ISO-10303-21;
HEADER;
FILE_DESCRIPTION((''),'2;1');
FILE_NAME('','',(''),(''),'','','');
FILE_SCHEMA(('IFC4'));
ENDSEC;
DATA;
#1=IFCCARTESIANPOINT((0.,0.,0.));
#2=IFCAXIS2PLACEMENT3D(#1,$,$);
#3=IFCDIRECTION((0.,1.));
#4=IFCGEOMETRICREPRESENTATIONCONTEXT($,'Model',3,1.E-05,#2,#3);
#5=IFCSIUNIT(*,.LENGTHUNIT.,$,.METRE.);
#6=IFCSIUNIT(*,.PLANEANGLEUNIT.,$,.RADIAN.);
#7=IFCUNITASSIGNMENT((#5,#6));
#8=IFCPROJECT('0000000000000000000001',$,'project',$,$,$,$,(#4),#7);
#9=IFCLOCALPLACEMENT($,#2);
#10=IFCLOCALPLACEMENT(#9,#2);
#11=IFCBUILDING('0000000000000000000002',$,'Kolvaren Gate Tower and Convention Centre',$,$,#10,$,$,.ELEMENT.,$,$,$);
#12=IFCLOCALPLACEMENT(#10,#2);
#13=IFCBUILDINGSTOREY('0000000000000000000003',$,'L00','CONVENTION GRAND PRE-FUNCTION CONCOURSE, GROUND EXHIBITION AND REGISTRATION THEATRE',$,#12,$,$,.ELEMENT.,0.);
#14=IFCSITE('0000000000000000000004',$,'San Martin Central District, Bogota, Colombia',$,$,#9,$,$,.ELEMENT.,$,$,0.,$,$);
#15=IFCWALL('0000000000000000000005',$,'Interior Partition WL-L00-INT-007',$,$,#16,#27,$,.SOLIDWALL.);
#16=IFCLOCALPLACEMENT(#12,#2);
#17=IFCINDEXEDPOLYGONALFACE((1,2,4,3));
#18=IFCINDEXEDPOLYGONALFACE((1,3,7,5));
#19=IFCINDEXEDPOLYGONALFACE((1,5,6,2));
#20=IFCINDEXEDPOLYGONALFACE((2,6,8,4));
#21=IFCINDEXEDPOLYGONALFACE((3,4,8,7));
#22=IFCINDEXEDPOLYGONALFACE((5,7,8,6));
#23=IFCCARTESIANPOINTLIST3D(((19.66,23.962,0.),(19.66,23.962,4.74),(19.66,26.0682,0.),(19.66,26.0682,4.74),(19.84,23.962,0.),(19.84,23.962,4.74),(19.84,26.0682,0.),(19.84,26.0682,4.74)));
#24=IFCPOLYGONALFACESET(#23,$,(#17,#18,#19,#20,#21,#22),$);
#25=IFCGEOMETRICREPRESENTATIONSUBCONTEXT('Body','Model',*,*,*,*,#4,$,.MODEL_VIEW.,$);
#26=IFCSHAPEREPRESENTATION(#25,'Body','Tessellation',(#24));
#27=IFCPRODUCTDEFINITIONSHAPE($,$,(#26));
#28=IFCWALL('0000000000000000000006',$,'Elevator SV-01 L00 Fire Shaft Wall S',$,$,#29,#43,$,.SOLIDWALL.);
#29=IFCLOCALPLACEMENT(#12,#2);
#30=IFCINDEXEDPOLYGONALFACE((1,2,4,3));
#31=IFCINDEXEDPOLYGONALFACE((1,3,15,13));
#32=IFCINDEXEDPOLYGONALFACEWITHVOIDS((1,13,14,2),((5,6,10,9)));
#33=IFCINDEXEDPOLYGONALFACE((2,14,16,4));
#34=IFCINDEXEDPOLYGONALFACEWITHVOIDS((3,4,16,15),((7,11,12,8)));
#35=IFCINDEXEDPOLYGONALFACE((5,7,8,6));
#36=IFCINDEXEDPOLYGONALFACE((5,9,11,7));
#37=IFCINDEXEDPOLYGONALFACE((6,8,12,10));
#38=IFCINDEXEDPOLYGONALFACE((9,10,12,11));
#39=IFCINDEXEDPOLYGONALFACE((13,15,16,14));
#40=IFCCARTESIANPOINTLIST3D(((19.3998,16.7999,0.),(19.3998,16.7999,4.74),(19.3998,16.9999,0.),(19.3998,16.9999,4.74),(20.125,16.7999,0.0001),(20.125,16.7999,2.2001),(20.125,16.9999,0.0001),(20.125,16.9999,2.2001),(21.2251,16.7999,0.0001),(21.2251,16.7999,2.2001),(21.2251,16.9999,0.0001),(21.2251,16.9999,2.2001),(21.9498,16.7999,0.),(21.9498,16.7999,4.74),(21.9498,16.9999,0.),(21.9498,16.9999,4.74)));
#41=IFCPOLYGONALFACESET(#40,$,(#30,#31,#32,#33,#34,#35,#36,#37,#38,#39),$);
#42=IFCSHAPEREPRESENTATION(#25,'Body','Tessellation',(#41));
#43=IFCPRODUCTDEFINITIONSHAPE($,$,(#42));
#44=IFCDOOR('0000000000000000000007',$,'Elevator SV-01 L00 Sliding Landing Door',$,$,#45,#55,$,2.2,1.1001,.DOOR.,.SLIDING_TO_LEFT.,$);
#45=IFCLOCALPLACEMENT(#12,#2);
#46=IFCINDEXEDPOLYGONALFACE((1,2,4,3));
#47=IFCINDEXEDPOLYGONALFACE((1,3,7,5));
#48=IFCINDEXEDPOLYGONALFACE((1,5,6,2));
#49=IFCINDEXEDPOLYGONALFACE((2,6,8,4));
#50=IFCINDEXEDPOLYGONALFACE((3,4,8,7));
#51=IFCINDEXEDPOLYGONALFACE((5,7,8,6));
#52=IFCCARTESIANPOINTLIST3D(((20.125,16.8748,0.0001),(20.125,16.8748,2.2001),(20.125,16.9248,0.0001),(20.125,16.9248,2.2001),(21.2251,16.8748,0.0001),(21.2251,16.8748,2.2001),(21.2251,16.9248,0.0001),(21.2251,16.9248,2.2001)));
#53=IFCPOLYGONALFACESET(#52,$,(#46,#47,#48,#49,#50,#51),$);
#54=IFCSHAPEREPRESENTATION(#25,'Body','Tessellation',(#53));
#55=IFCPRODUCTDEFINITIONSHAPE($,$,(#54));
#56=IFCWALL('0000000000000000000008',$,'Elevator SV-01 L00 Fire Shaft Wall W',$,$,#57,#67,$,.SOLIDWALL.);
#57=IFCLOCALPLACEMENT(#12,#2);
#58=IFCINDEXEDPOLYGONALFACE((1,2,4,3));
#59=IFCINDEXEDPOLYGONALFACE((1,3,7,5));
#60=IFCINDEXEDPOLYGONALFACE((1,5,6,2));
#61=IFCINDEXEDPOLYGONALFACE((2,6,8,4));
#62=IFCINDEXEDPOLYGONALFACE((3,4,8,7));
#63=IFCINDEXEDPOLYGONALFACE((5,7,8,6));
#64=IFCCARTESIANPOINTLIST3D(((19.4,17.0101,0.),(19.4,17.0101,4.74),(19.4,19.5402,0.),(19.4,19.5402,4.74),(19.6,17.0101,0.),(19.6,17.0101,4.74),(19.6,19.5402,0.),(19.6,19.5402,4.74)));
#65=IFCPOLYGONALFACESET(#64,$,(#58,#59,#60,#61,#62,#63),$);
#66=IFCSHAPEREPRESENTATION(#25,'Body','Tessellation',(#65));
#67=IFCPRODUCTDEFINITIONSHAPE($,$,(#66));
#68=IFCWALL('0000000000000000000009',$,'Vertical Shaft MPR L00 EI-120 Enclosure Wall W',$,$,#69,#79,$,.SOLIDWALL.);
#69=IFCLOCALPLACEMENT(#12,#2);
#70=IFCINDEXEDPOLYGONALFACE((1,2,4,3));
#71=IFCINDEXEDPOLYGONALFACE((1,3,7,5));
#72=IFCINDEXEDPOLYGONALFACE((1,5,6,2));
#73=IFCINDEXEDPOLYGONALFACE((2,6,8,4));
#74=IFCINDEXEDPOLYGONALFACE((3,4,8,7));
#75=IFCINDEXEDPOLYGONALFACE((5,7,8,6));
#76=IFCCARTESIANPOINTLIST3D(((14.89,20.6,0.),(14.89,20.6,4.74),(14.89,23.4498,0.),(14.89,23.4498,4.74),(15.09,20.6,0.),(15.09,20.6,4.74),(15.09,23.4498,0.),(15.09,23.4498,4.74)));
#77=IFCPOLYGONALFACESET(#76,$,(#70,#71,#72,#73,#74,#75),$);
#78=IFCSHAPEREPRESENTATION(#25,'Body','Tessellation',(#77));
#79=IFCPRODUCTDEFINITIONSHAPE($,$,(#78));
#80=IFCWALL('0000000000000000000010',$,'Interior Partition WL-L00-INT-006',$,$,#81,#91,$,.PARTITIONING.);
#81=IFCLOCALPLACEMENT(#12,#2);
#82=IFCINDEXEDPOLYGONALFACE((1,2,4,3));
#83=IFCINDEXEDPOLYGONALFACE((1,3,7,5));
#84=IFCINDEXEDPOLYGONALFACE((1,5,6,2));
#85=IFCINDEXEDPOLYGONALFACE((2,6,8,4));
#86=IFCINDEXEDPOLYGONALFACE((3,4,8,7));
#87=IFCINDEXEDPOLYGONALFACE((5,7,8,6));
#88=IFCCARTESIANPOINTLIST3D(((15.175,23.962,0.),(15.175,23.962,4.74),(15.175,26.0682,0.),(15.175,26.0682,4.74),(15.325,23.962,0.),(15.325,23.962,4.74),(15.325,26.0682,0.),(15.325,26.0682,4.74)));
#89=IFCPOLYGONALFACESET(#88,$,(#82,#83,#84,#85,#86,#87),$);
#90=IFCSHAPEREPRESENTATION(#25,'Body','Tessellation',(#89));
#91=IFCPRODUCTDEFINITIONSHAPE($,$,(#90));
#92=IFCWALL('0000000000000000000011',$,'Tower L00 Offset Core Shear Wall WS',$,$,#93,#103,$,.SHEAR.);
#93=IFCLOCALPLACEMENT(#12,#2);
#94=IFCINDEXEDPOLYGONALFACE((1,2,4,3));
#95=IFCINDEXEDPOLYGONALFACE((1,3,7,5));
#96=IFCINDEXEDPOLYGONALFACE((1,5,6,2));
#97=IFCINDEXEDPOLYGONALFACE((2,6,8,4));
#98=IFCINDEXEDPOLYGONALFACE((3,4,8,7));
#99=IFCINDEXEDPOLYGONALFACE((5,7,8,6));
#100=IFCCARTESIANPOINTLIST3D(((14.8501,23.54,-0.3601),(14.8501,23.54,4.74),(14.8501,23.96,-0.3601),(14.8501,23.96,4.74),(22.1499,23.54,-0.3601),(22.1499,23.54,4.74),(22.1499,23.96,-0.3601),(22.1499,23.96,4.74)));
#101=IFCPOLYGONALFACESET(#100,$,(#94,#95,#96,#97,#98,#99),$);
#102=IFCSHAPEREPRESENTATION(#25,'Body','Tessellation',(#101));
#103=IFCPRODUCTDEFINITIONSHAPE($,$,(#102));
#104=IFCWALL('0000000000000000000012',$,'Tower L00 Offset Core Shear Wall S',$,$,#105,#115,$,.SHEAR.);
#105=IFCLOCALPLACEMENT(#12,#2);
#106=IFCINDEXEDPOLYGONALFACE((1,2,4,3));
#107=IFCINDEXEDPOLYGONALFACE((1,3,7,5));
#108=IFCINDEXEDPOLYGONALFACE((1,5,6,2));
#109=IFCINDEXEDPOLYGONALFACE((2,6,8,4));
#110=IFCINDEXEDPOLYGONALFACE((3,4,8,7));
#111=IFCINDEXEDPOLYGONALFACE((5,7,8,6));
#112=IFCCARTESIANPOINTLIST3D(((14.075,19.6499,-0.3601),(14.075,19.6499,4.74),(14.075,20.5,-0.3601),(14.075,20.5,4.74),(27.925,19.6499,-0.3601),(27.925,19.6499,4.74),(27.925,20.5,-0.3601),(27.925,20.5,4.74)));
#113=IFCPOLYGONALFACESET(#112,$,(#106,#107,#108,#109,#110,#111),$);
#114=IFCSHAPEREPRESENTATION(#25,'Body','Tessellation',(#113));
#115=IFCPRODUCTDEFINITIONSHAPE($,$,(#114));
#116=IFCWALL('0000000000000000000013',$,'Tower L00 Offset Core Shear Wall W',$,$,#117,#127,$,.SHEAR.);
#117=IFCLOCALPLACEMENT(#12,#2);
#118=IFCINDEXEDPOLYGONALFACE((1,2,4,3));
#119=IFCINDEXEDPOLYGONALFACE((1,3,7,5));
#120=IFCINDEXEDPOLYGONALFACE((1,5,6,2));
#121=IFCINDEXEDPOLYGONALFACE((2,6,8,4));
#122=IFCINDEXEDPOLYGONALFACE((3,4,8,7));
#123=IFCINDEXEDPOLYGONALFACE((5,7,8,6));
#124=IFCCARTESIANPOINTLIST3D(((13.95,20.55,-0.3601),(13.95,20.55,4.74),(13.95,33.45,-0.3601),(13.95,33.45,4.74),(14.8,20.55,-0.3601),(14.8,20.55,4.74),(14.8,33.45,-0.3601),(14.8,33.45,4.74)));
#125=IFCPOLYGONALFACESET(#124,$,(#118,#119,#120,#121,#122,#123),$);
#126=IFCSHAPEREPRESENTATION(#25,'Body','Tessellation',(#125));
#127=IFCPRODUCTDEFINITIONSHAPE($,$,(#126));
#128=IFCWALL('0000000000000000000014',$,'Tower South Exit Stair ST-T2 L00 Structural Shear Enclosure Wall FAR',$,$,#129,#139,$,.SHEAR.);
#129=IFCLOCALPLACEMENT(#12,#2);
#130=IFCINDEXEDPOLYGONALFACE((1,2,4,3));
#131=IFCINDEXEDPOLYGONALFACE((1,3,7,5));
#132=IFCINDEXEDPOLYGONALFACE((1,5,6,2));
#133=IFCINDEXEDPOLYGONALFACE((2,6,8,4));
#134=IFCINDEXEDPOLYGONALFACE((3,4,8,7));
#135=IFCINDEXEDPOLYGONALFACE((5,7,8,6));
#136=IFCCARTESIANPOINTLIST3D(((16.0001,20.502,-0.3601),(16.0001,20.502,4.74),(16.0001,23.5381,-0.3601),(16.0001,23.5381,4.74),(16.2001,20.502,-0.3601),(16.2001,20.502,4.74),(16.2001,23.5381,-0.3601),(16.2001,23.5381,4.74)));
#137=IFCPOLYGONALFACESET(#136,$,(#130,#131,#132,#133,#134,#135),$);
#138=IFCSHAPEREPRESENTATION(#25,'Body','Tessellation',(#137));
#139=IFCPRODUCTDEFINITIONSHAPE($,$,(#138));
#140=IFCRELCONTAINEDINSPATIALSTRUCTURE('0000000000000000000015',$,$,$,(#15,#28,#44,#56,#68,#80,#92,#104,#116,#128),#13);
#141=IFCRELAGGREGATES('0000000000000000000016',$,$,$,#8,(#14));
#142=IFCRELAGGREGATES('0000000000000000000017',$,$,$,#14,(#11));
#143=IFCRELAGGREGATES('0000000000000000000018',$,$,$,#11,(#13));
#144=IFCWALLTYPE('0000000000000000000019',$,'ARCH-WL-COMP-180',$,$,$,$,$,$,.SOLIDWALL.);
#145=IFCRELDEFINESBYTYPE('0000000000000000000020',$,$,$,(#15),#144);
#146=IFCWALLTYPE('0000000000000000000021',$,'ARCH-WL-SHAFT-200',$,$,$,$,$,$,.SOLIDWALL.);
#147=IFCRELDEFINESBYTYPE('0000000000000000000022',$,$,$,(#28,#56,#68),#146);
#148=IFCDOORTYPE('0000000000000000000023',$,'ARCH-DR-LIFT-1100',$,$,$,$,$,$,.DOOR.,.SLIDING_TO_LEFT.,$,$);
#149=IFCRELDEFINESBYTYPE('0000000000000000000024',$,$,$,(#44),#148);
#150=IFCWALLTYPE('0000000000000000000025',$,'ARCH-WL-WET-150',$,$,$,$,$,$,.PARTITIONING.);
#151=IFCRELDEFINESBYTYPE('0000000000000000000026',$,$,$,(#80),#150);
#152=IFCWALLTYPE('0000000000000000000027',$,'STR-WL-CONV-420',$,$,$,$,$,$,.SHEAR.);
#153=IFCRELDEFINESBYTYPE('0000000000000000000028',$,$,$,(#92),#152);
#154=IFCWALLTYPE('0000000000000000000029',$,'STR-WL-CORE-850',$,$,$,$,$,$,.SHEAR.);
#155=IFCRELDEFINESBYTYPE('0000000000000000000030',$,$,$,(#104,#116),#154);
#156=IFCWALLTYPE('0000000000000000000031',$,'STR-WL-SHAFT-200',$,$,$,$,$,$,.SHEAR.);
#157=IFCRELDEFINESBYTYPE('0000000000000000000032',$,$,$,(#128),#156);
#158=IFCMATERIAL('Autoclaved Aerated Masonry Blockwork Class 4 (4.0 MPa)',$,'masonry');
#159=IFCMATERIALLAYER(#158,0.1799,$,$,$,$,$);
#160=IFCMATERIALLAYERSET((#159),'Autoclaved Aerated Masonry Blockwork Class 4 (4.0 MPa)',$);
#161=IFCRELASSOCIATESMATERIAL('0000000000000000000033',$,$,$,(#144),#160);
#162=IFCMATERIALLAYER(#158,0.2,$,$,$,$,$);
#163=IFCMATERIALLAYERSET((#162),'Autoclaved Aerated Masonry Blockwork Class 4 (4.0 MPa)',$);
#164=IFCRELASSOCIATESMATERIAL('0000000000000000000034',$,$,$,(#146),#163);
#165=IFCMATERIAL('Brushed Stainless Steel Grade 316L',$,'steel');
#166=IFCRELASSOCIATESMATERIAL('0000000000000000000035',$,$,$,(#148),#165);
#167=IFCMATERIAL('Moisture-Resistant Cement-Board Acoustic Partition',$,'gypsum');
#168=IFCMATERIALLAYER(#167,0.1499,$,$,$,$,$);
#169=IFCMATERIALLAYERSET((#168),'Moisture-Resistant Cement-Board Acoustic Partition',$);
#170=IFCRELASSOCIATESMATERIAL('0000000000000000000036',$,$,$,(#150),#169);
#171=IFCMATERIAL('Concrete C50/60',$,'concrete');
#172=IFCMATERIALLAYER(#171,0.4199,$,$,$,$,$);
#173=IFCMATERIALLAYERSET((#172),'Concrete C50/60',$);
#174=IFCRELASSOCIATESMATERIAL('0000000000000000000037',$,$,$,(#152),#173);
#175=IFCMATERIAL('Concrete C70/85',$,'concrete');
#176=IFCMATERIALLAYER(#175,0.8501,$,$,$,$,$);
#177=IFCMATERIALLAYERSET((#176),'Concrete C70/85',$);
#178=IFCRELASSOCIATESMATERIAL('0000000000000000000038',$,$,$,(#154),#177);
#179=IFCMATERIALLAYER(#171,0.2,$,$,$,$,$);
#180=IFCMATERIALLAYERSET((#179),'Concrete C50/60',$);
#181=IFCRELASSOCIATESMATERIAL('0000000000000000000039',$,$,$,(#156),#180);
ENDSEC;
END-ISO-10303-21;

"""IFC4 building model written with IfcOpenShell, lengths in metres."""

from ifc_helpers import new_model, si_unit, direction, frame, frame_2d, origin, place, context, subcontext, project, spatial, rectangle, extrude, material, layer, layer_set, type_object, element, fill, save


model = new_model("IFC4")

# Units and contexts
model_context = context("Model", 3, precision=1e-05, world=origin(), true_north=direction((0.0, 1.0)))
body_context = subcontext(model_context, "Body", "Model", "MODEL_VIEW")
ifc_project = project(units=[si_unit("LENGTHUNIT", "METRE"), si_unit("PLANEANGLEUNIT", "RADIAN")], contexts=[model_context])

# Site, building, storey
site_placement = place(None, origin())
site = spatial("IfcSite", under=ifc_project, at=site_placement, Name="San Martin Central District, Bogota, Colombia", CompositionType="ELEMENT", RefElevation=0.0)
building_placement = place(site_placement, origin())
building = spatial("IfcBuilding", under=site, at=building_placement, Name="Kolvaren Gate Tower and Convention Centre", CompositionType="ELEMENT")
storey_placement = place(building_placement, origin())
storey = spatial("IfcBuildingStorey", under=building, at=storey_placement, Name="L00", Description="CONVENTION GRAND PRE-FUNCTION CONCOURSE, GROUND EXHIBITION AND REGISTRATION THEATRE", CompositionType="ELEMENT", Elevation=0.0)

# Wall
ifc_material_1 = material(Name="Autoclaved Aerated Masonry Blockwork Class 4 (4.0 MPa)", Category="masonry")
ifc_layer_1 = layer(ifc_material_1, 0.1799)
ifc_layer_set_1 = layer_set([ifc_layer_1], Name="Autoclaved Aerated Masonry Blockwork Class 4 (4.0 MPa)")
wall_type_1 = type_object("IfcWallType", Name="ARCH-WL-COMP-180", PredefinedType="SOLIDWALL", material=ifc_layer_set_1)
wall_1_placement = place(storey_placement, frame((19.75, 23.9619, 0.0), z_axis=(0.0, 0.0, 1.0), x_axis=(0.0, 1.0, 0.0)))
element("IfcWall", 1, at=wall_1_placement, inside=storey, type_object=wall_type_1, Name="Interior Partition WL-L00-INT-007", PredefinedType="SOLIDWALL", context=body_context, shape_type="SweptSolid", body=[
    extrude(rectangle(XDim=2.1062, YDim=0.1799, at=frame_2d((1.0532, 0.0))), origin(), (0.0, 0.0, 1.0), 4.74),
])

# Wall, opening, door
ifc_layer_2 = layer(ifc_material_1, 0.2)
ifc_layer_set_2 = layer_set([ifc_layer_2], Name="Autoclaved Aerated Masonry Blockwork Class 4 (4.0 MPa)")
wall_type_2 = type_object("IfcWallType", Name="ARCH-WL-SHAFT-200", PredefinedType="SOLIDWALL", material=ifc_layer_set_2)
wall_2_placement = place(storey_placement, frame((19.3999, 16.8999, 0.0), z_axis=(0.0, 0.0, 1.0), x_axis=(1.0, 0.0, 0.0)))
wall_2 = element("IfcWall", 2, at=wall_2_placement, inside=storey, type_object=wall_type_2, Name="Elevator SV-01 L00 Fire Shaft Wall S", PredefinedType="SOLIDWALL", context=body_context, shape_type="SweptSolid", body=[
    extrude(rectangle(XDim=2.55, YDim=0.2, at=frame_2d((1.2749, 0.0))), origin(), (0.0, 0.0, 1.0), 4.74),
])
opening_placement = place(wall_2_placement, frame((0.7251, 0.0, 0.0)))
opening = element("IfcOpeningElement", 3, at=opening_placement, cuts=wall_2, PredefinedType="OPENING", context=body_context, shape_type="SweptSolid", body=[
    extrude(rectangle(XDim=1.1001, YDim=2.2, at=frame_2d((0.55, 1.1001))), frame((0.0, 0.1099, 0.0), z_axis=(0.0, -1.0, 0.0), x_axis=(1.0, 0.0, 0.0)), (0.0, 0.0, 1.0), 0.22),
])
ifc_material_2 = material(Name="Brushed Stainless Steel Grade 316L", Category="steel")
door_type = type_object("IfcDoorType", Name="ARCH-DR-LIFT-1100", OperationType="SLIDING_TO_LEFT", PredefinedType="DOOR", material=ifc_material_2)
door_placement = place(opening_placement, origin())
door = element("IfcDoor", 4, at=door_placement, inside=storey, type_object=door_type, Name="Elevator SV-01 L00 Sliding Landing Door", OperationType="SLIDING_TO_LEFT", OverallHeight=2.2, OverallWidth=1.1001, PredefinedType="DOOR", context=body_context, shape_type="SweptSolid", body=[
    extrude(rectangle(XDim=1.1001, YDim=2.2, at=frame_2d((0.55, 1.1001))), frame((0.0, 0.0249, 0.0), z_axis=(0.0, -1.0, 0.0), x_axis=(1.0, 0.0, 0.0)), (0.0, 0.0, 1.0), 0.05),
])
fill(opening, door)

# Walls
wall_3_placement = place(storey_placement, frame((19.5, 17.01, 0.0), z_axis=(0.0, 0.0, 1.0), x_axis=(0.0, 1.0, 0.0)))
element("IfcWall", 5, at=wall_3_placement, inside=storey, type_object=wall_type_2, Name="Elevator SV-01 L00 Fire Shaft Wall W", PredefinedType="SOLIDWALL", context=body_context, shape_type="SweptSolid", body=[
    extrude(rectangle(XDim=2.53, YDim=0.2, at=frame_2d((1.2651, 0.0))), origin(), (0.0, 0.0, 1.0), 4.74),
])
wall_4_placement = place(storey_placement, frame((14.99, 20.6001, 0.0), z_axis=(0.0, 0.0, 1.0), x_axis=(0.0, 1.0, 0.0)))
element("IfcWall", 6, at=wall_4_placement, inside=storey, type_object=wall_type_2, Name="Vertical Shaft MPR L00 EI-120 Enclosure Wall W", PredefinedType="SOLIDWALL", context=body_context, shape_type="SweptSolid", body=[
    extrude(rectangle(XDim=2.8499, YDim=0.2, at=frame_2d((1.4248, 0.0))), origin(), (0.0, 0.0, 1.0), 4.74),
])
ifc_material_3 = material(Name="Moisture-Resistant Cement-Board Acoustic Partition", Category="gypsum")
ifc_layer_3 = layer(ifc_material_3, 0.1499)
ifc_layer_set_3 = layer_set([ifc_layer_3], Name="Moisture-Resistant Cement-Board Acoustic Partition")
wall_type_3 = type_object("IfcWallType", Name="ARCH-WL-WET-150", PredefinedType="PARTITIONING", material=ifc_layer_set_3)
wall_5_placement = place(storey_placement, frame((15.25, 23.9619, 0.0), z_axis=(0.0, 0.0, 1.0), x_axis=(0.0, 1.0, 0.0)))
element("IfcWall", 7, at=wall_5_placement, inside=storey, type_object=wall_type_3, Name="Interior Partition WL-L00-INT-006", PredefinedType="PARTITIONING", context=body_context, shape_type="SweptSolid", body=[
    extrude(rectangle(XDim=2.1062, YDim=0.1499, at=frame_2d((1.0532, 0.0))), origin(), (0.0, 0.0, 1.0), 4.74),
])
ifc_material_4 = material(Name="Concrete C50/60", Category="concrete")
ifc_layer_4 = layer(ifc_material_4, 0.4199)
ifc_layer_set_4 = layer_set([ifc_layer_4], Name="Concrete C50/60")
wall_type_4 = type_object("IfcWallType", Name="STR-WL-CONV-420", PredefinedType="SHEAR", material=ifc_layer_set_4)
wall_6_placement = place(storey_placement, frame((14.8501, 23.75, -0.3601), z_axis=(0.0, 0.0, 1.0), x_axis=(1.0, 0.0, 0.0)))
element("IfcWall", 8, at=wall_6_placement, inside=storey, type_object=wall_type_4, Name="Tower L00 Offset Core Shear Wall WS", PredefinedType="SHEAR", context=body_context, shape_type="SweptSolid", body=[
    extrude(rectangle(XDim=7.2998, YDim=0.4199, at=frame_2d((3.6499, 0.0))), origin(), (0.0, 0.0, 1.0), 5.1001),
])
ifc_material_5 = material(Name="Concrete C70/85", Category="concrete")
ifc_layer_5 = layer(ifc_material_5, 0.8501)
ifc_layer_set_5 = layer_set([ifc_layer_5], Name="Concrete C70/85")
wall_type_5 = type_object("IfcWallType", Name="STR-WL-CORE-850", PredefinedType="SHEAR", material=ifc_layer_set_5)
wall_7_placement = place(storey_placement, frame((14.075, 20.075, -0.3601), z_axis=(0.0, 0.0, 1.0), x_axis=(1.0, 0.0, 0.0)))
element("IfcWall", 9, at=wall_7_placement, inside=storey, type_object=wall_type_5, Name="Tower L00 Offset Core Shear Wall S", PredefinedType="SHEAR", context=body_context, shape_type="SweptSolid", body=[
    extrude(rectangle(XDim=13.8501, YDim=0.8501, at=frame_2d((6.925, 0.0))), origin(), (0.0, 0.0, 1.0), 5.1001),
])
wall_8_placement = place(storey_placement, frame((14.375, 20.55, -0.3601), z_axis=(0.0, 0.0, 1.0), x_axis=(0.0, 1.0, 0.0)))
element("IfcWall", 10, at=wall_8_placement, inside=storey, type_object=wall_type_5, Name="Tower L00 Offset Core Shear Wall W", PredefinedType="SHEAR", context=body_context, shape_type="SweptSolid", body=[
    extrude(rectangle(XDim=12.8999, YDim=0.8501, at=frame_2d((6.45, 0.0))), origin(), (0.0, 0.0, 1.0), 5.1001),
])
ifc_layer_6 = layer(ifc_material_4, 0.2)
ifc_layer_set_6 = layer_set([ifc_layer_6], Name="Concrete C50/60")
wall_type_6 = type_object("IfcWallType", Name="STR-WL-SHAFT-200", PredefinedType="SHEAR", material=ifc_layer_set_6)
wall_9_placement = place(storey_placement, frame((16.1001, 20.502, -0.3601), z_axis=(0.0, 0.0, 1.0), x_axis=(0.0, 1.0, 0.0)))
element("IfcWall", 11, at=wall_9_placement, inside=storey, type_object=wall_type_6, Name="Tower South Exit Stair ST-T2 L00 Structural Shear Enclosure Wall FAR", PredefinedType="SHEAR", context=body_context, shape_type="SweptSolid", body=[
    extrude(rectangle(XDim=3.0361, YDim=0.2, at=frame_2d((1.5181, 0.0))), origin(), (0.0, 0.0, 1.0), 5.1001),
])

save(model, "model.ifc")
